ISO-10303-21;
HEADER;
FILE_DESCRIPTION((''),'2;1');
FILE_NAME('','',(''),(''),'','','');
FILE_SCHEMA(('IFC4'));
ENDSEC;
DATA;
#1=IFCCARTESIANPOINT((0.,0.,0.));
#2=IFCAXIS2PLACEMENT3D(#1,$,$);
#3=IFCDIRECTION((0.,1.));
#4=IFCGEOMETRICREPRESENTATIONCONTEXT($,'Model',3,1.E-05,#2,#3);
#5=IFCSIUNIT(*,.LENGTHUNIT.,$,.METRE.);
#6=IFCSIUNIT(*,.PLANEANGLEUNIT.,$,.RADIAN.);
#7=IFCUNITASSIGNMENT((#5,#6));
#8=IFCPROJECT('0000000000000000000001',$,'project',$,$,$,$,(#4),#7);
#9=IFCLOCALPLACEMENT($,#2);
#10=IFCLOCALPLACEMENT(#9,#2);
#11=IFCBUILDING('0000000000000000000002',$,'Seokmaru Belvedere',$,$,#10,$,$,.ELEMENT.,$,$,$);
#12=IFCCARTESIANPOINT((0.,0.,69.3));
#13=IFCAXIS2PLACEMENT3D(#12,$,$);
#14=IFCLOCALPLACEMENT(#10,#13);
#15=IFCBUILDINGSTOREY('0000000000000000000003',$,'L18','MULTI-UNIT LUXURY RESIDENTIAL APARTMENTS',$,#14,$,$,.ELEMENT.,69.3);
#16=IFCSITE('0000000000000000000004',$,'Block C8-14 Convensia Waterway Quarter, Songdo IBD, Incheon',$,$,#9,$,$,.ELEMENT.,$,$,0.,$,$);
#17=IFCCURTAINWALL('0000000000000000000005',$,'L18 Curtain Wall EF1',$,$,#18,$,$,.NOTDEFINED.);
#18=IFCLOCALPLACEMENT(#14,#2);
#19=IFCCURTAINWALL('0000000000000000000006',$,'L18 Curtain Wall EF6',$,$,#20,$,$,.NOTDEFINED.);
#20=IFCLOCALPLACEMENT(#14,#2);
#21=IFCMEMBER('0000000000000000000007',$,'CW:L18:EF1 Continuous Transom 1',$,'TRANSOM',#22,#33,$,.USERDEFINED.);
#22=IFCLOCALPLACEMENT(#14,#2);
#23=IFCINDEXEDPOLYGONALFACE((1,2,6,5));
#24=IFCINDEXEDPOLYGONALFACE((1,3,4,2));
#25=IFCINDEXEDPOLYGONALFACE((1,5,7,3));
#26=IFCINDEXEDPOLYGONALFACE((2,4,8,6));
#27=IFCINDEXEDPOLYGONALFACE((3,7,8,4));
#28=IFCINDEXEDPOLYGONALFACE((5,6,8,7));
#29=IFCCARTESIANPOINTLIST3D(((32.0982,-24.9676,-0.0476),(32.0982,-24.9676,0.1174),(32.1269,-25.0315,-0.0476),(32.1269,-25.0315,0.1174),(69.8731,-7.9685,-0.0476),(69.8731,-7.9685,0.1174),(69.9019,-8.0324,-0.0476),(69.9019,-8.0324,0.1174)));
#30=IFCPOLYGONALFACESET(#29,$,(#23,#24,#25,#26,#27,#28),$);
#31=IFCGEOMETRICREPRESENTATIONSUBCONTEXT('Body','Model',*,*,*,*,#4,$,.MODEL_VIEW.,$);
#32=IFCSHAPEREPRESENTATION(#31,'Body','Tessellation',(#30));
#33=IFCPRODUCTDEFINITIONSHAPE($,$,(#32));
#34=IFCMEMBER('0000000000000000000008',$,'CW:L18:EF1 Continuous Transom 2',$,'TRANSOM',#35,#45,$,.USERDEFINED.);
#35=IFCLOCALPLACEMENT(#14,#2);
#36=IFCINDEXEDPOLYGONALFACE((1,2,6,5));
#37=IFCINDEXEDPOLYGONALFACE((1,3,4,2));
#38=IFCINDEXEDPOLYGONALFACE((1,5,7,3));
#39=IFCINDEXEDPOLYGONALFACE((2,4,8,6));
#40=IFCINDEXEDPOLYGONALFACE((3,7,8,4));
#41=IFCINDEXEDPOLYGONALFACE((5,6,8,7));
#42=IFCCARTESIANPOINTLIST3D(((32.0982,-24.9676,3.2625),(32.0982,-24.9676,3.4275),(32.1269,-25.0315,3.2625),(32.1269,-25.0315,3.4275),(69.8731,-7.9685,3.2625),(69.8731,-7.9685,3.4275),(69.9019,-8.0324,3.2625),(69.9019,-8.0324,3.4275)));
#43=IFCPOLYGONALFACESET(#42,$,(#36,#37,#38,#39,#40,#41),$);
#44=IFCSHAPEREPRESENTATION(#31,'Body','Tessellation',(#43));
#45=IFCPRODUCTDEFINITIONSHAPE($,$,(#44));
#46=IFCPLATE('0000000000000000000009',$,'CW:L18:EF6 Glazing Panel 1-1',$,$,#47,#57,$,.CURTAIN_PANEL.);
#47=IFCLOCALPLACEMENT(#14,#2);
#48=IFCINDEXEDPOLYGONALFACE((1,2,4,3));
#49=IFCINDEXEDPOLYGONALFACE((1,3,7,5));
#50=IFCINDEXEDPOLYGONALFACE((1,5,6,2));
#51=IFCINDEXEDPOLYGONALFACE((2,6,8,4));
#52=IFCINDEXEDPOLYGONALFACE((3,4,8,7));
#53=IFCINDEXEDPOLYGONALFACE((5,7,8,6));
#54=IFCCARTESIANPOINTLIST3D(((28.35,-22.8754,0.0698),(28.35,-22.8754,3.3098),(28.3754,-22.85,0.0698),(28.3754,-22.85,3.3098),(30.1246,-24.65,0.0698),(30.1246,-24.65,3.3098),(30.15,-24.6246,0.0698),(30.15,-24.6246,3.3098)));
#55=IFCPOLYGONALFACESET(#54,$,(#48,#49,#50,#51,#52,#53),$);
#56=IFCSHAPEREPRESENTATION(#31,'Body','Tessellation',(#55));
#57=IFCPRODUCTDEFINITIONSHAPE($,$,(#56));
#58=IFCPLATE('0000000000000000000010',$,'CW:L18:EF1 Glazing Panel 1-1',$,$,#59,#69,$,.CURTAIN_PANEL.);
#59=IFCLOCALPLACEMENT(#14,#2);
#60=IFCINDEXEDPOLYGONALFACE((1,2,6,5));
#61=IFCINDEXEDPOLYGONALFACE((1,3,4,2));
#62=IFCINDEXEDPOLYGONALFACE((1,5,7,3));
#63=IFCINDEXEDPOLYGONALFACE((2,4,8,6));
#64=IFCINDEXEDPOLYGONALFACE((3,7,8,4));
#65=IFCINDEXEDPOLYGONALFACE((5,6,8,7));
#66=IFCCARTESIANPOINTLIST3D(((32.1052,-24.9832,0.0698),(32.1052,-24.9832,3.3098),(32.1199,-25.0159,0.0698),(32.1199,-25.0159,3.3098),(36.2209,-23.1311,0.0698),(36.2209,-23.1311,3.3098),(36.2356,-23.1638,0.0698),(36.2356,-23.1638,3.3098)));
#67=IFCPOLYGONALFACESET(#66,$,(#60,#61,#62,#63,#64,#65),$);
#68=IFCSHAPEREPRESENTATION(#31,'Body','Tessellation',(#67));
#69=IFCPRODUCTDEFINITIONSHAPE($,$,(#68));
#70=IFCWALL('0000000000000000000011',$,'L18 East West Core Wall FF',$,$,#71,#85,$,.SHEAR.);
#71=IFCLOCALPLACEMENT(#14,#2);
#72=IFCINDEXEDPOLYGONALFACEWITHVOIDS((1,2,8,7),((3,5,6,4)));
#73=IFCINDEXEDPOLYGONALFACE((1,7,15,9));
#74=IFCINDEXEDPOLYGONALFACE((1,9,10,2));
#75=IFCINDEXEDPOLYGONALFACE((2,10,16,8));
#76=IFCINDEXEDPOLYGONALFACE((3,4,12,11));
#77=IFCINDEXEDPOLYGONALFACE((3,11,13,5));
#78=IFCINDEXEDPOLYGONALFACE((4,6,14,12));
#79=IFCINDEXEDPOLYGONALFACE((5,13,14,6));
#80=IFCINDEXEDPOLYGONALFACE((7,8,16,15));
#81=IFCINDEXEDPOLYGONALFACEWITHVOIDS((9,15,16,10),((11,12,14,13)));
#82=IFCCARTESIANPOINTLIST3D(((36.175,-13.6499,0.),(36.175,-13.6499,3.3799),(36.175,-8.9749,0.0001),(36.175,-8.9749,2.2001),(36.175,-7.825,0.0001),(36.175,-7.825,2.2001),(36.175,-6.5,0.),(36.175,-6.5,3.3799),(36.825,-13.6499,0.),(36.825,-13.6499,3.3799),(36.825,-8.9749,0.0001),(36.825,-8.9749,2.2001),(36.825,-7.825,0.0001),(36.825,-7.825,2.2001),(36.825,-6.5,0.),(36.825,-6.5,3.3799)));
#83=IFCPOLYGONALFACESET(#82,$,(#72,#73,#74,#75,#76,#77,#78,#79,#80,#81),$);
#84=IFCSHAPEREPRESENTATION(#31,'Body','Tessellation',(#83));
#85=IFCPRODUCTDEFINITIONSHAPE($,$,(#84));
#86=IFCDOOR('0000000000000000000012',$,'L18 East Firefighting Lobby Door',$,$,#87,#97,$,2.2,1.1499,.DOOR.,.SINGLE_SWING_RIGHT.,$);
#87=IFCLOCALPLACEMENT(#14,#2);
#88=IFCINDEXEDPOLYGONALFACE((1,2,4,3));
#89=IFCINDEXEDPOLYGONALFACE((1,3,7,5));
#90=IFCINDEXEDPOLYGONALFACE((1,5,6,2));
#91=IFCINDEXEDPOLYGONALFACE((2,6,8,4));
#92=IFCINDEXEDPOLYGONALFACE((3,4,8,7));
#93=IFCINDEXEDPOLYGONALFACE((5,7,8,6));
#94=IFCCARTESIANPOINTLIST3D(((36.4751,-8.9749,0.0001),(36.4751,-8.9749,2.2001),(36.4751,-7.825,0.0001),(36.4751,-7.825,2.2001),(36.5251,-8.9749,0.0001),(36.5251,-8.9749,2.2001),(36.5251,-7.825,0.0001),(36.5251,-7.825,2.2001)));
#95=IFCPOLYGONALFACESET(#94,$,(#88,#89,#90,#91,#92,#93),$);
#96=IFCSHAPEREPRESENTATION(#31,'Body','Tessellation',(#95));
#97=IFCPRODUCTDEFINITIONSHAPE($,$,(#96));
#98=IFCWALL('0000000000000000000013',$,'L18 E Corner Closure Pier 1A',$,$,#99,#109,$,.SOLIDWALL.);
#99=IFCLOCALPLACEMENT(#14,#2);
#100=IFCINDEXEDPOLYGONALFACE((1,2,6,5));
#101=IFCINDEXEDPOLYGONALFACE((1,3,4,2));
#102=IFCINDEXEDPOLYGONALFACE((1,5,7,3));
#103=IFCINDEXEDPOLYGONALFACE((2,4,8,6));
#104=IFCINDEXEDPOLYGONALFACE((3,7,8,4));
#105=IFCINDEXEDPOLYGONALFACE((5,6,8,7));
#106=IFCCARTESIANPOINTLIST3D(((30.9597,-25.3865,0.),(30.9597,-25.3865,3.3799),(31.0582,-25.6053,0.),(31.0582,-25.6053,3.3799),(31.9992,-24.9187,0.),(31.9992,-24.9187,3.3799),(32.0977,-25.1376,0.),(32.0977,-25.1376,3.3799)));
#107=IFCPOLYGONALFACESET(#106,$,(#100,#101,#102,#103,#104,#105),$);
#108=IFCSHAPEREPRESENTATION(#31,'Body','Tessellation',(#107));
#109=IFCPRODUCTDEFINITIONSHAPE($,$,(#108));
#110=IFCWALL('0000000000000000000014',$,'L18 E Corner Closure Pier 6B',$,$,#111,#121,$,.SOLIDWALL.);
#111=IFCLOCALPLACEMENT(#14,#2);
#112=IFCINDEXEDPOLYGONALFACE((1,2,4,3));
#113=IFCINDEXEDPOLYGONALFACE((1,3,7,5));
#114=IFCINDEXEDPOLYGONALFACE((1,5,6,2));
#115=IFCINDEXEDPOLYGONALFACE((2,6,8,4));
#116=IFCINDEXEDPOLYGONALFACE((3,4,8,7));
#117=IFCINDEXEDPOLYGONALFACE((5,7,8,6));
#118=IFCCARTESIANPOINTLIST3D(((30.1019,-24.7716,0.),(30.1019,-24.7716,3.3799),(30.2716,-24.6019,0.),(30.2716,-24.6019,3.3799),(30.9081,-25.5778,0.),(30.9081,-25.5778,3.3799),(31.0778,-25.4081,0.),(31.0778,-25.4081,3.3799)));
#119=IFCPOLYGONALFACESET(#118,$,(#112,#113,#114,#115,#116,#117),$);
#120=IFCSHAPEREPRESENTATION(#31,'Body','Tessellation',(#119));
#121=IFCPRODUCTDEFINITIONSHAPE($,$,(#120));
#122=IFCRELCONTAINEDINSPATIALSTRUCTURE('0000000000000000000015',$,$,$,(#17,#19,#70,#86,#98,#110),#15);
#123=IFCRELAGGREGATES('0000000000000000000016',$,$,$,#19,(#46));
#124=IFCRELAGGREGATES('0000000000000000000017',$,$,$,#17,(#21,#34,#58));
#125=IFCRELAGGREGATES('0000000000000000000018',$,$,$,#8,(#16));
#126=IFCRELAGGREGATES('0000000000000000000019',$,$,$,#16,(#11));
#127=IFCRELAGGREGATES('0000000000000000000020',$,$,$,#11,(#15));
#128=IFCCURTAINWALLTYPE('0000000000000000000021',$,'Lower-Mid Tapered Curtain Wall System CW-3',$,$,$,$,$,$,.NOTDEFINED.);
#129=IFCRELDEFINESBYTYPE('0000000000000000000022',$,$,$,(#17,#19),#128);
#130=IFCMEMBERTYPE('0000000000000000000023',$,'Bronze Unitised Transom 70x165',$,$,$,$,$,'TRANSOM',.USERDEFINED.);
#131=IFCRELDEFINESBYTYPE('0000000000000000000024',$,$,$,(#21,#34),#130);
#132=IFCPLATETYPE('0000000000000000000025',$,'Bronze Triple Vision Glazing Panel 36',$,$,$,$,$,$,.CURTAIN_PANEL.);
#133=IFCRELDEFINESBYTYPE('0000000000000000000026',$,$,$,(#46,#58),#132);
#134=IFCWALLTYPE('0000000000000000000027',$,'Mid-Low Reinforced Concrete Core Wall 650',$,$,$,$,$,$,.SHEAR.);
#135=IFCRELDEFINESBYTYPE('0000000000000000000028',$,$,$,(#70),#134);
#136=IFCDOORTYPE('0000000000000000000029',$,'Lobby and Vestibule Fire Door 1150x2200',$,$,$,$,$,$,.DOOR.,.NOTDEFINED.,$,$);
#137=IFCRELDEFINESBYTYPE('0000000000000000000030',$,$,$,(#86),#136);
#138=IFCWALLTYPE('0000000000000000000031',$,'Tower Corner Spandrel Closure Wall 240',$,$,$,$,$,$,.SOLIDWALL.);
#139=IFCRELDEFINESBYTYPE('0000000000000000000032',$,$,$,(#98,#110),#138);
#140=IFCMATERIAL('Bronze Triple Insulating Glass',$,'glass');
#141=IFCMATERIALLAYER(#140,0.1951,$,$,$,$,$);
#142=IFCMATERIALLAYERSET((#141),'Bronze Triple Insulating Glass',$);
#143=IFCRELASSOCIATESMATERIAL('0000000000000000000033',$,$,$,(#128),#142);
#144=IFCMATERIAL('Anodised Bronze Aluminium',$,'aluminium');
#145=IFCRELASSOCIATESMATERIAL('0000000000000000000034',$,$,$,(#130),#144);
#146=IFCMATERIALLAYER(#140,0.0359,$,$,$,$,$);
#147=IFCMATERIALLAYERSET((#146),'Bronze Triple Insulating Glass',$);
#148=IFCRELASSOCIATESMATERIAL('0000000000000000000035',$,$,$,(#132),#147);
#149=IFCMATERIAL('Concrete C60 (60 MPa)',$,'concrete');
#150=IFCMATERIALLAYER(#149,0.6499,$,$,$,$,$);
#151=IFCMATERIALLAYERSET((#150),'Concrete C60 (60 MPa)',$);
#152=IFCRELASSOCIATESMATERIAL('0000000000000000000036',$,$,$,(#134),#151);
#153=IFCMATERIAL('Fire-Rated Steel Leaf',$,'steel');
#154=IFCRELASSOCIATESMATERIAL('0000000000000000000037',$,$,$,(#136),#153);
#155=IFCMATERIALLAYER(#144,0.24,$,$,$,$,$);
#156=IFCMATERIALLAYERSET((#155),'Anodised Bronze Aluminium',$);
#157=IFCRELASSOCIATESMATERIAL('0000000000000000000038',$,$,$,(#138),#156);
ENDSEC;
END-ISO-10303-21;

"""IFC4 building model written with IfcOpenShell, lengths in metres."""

from ifc_helpers import new_model, si_unit, direction, frame, frame_2d, origin, origin_2d, place, context, subcontext, project, spatial, rectangle, extrude, source, transform, mapped, material, layer, layer_set, material_profile, profile_set, type_object, type_shapes, element, fill, aggregate, save


model = new_model("IFC4")

# Units and contexts
model_context = context("Model", 3, precision=1e-05, world=origin(), true_north=direction((0.0, 1.0)))
body_context = subcontext(model_context, "Body", "Model", "MODEL_VIEW")
ifc_project = project(units=[si_unit("LENGTHUNIT", "METRE"), si_unit("PLANEANGLEUNIT", "RADIAN")], contexts=[model_context])

# Site, building, storey
site_placement = place(None, origin())
site = spatial("IfcSite", under=ifc_project, at=site_placement, Name="Block C8-14 Convensia Waterway Quarter, Songdo IBD, Incheon", CompositionType="ELEMENT", RefElevation=0.0)
building_placement = place(site_placement, origin())
building = spatial("IfcBuilding", under=site, at=building_placement, Name="Seokmaru Belvedere", CompositionType="ELEMENT")
storey_placement = place(building_placement, frame((0.0, 0.0, 69.3)))
storey = spatial("IfcBuildingStorey", under=building, at=storey_placement, Name="L18", Description="MULTI-UNIT LUXURY RESIDENTIAL APARTMENTS", CompositionType="ELEMENT", Elevation=69.3)

# Curtain wall
ifc_material_1 = material(Name="Bronze Triple Insulating Glass", Category="glass")
ifc_layer_1 = layer(ifc_material_1, 0.1951)
ifc_layer_set_1 = layer_set([ifc_layer_1], Name="Bronze Triple Insulating Glass")
curtain_wall_type = type_object("IfcCurtainWallType", Name="Lower-Mid Tapered Curtain Wall System CW-3", PredefinedType="NOTDEFINED", material=ifc_layer_set_1)
curtain_wall_1_placement = place(storey_placement, origin())
curtain_wall_1 = element("IfcCurtainWall", 1, at=curtain_wall_1_placement, inside=storey, type_object=curtain_wall_type, Name="L18 Curtain Wall EF1", PredefinedType="NOTDEFINED")
ifc_material_2 = material(Name="Anodised Bronze Aluminium", Category="aluminium")

# Curtain wall
curtain_wall_2_placement = place(storey_placement, origin())
curtain_wall_2 = element("IfcCurtainWall", 2, at=curtain_wall_2_placement, inside=storey, type_object=curtain_wall_type, Name="L18 Curtain Wall EF6", PredefinedType="NOTDEFINED")
ifc_material_profile_1 = material_profile(ifc_material_2, rectangle(XDim=0.0701, YDim=0.165, at=origin_2d()), Name="CW-T-70x165")
ifc_profile_set_1 = profile_set([ifc_material_profile_1], Name="Anodised Bronze Aluminium")
member_type_1 = type_object("IfcMemberType", Name="Bronze Unitised Transom 70x165", ElementType="TRANSOM", PredefinedType="USERDEFINED", material=ifc_profile_set_1)

# Members
shared_shape_1 = source(origin(), body_context, "Body", "SweptSolid", [
    extrude(rectangle(XDim=0.0701, YDim=0.165, at=origin_2d()), origin(), (0.0, 0.0, 1.0), 41.4236),
])
member_1_placement = place(storey_placement, frame((32.1125, -24.9995, 0.0349), z_axis=(0.911919, 0.410371, 0.0), x_axis=(-0.410371, 0.911919, 0.0)))
member_1 = element("IfcMember", 3, at=member_1_placement, type_object=member_type_1, Name="CW:L18:EF1 Continuous Transom 1", ObjectType="TRANSOM", PredefinedType="USERDEFINED", context=body_context, shape_type="MappedRepresentation", body=[
    mapped(shared_shape_1, transform((0.0, 0.0, 0.0), scale=1.0)),
])
member_2_placement = place(storey_placement, frame((32.1125, -24.9995, 3.345), z_axis=(0.911919, 0.410371, 0.0), x_axis=(-0.410371, 0.911919, 0.0)))
member_2 = element("IfcMember", 4, at=member_2_placement, type_object=member_type_1, Name="CW:L18:EF1 Continuous Transom 2", ObjectType="TRANSOM", PredefinedType="USERDEFINED", context=body_context, shape_type="MappedRepresentation", body=[
    mapped(shared_shape_1, transform((0.0, 0.0, 0.0), scale=1.0)),
])

# Plates
ifc_layer_2 = layer(ifc_material_1, 0.0359)
ifc_layer_set_2 = layer_set([ifc_layer_2], Name="Bronze Triple Insulating Glass")
plate_type = type_object("IfcPlateType", Name="Bronze Triple Vision Glazing Panel 36", PredefinedType="CURTAIN_PANEL", material=ifc_layer_set_2)
shared_shape_2 = source(origin(), body_context, "Body", "SweptSolid", [
    extrude(rectangle(XDim=2.5098, YDim=0.0359, at=origin_2d()), origin(), (0.0, 0.0, 1.0), 3.24),
])
plate_1_placement = place(storey_placement, frame((29.25, -23.75, 0.0698), z_axis=(0.0, 0.0, 1.0), x_axis=(0.707107, -0.707107, 0.0)))
plate_1 = element("IfcPlate", 5, at=plate_1_placement, type_object=plate_type, Name="CW:L18:EF6 Glazing Panel 1-1", PredefinedType="CURTAIN_PANEL", context=body_context, shape_type="MappedRepresentation", body=[
    mapped(shared_shape_2, transform((0.0, 0.0, 0.0), scale=1.0)),
])
aggregate(curtain_wall_2, [plate_1])
shared_shape_3 = source(origin(), body_context, "Body", "SweptSolid", [
    extrude(rectangle(XDim=4.5132, YDim=0.0359, at=origin_2d()), origin(), (0.0, 0.0, 1.0), 3.24),
])
type_shapes(plate_type, [shared_shape_2, shared_shape_3])
plate_2_placement = place(storey_placement, frame((34.1704, -24.0735, 0.0698), z_axis=(0.0, 0.0, 1.0), x_axis=(0.911921, 0.410366, 0.0)))
plate_2 = element("IfcPlate", 6, at=plate_2_placement, type_object=plate_type, Name="CW:L18:EF1 Glazing Panel 1-1", PredefinedType="CURTAIN_PANEL", context=body_context, shape_type="MappedRepresentation", body=[
    mapped(shared_shape_3, transform((0.0, 0.0, 0.0), scale=1.0)),
])
aggregate(curtain_wall_1, [member_1, member_2, plate_2])

# Wall, opening, door
ifc_material_3 = material(Name="Concrete C60 (60 MPa)", Category="concrete")
ifc_layer_3 = layer(ifc_material_3, 0.6499)
ifc_layer_set_3 = layer_set([ifc_layer_3], Name="Concrete C60 (60 MPa)")
wall_type_1 = type_object("IfcWallType", Name="Mid-Low Reinforced Concrete Core Wall 650", PredefinedType="SHEAR", material=ifc_layer_set_3)
wall_1_placement = place(storey_placement, frame((36.5, -13.6499, 0.0), z_axis=(0.0, 0.0, 1.0), x_axis=(0.0, 1.0, 0.0)))
wall_1 = element("IfcWall", 7, at=wall_1_placement, inside=storey, type_object=wall_type_1, Name="L18 East West Core Wall FF", PredefinedType="SHEAR", context=body_context, shape_type="SweptSolid", body=[
    extrude(rectangle(XDim=7.1499, YDim=0.6499, at=frame_2d((3.575, 0.0))), origin(), (0.0, 0.0, 1.0), 3.3799),
])
opening_placement = place(wall_1_placement, frame((4.675, 0.0, 0.0)))
opening = element("IfcOpeningElement", 8, at=opening_placement, cuts=wall_1, PredefinedType="OPENING", context=body_context, shape_type="SweptSolid", body=[
    extrude(rectangle(XDim=1.1499, YDim=2.2, at=frame_2d((0.575, 1.1001))), frame((0.0, 0.335, 0.0), z_axis=(0.0, -1.0, 0.0), x_axis=(1.0, 0.0, 0.0)), (0.0, 0.0, 1.0), 0.6699),
])
ifc_material_4 = material(Name="Fire-Rated Steel Leaf", Category="steel")
door_type = type_object("IfcDoorType", Name="Lobby and Vestibule Fire Door 1150x2200", OperationType="NOTDEFINED", PredefinedType="DOOR", material=ifc_material_4)
shared_shape_4 = source(origin(), body_context, "Body", "SweptSolid", [
    extrude(rectangle(XDim=1.1499, YDim=2.2, at=frame_2d((0.575, 1.1001))), frame((0.0, 0.0249, 0.0), z_axis=(0.0, -1.0, 0.0), x_axis=(1.0, 0.0, 0.0)), (0.0, 0.0, 1.0), 0.05),
])
type_shapes(door_type, [shared_shape_4])
door_placement = place(opening_placement, origin())
door = element("IfcDoor", 9, at=door_placement, inside=storey, type_object=door_type, Name="L18 East Firefighting Lobby Door", OperationType="SINGLE_SWING_RIGHT", OverallHeight=2.2, OverallWidth=1.1499, PredefinedType="DOOR", context=body_context, shape_type="MappedRepresentation", body=[
    mapped(shared_shape_4, transform((0.0, 0.0, 0.0), scale=1.0)),
])
fill(opening, door)

# Walls
ifc_layer_4 = layer(ifc_material_2, 0.24)
ifc_layer_set_4 = layer_set([ifc_layer_4], Name="Anodised Bronze Aluminium")
wall_type_2 = type_object("IfcWallType", Name="Tower Corner Spandrel Closure Wall 240", PredefinedType="SOLIDWALL", material=ifc_layer_set_4)
wall_2_placement = place(storey_placement, frame((31.009, -25.4958, 0.0), z_axis=(0.0, 0.0, 1.0), x_axis=(0.91193, 0.410347, 0.0)))
element("IfcWall", 10, at=wall_2_placement, inside=storey, type_object=wall_type_2, Name="L18 E Corner Closure Pier 1A", PredefinedType="SOLIDWALL", context=body_context, shape_type="SweptSolid", body=[
    extrude(rectangle(XDim=1.1399, YDim=0.24, at=frame_2d((0.5698, 0.0))), origin(), (0.0, 0.0, 1.0), 3.3799),
])
wall_3_placement = place(storey_placement, frame((30.1868, -24.6868, 0.0), z_axis=(0.0, 0.0, 1.0), x_axis=(0.707107, -0.707107, 0.0)))
element("IfcWall", 11, at=wall_3_placement, inside=storey, type_object=wall_type_2, Name="L18 E Corner Closure Pier 6B", PredefinedType="SOLIDWALL", context=body_context, shape_type="SweptSolid", body=[
    extrude(rectangle(XDim=1.1401, YDim=0.24, at=frame_2d((0.5701, 0.0))), origin(), (0.0, 0.0, 1.0), 3.3799),
])

save(model, "model.ifc")
